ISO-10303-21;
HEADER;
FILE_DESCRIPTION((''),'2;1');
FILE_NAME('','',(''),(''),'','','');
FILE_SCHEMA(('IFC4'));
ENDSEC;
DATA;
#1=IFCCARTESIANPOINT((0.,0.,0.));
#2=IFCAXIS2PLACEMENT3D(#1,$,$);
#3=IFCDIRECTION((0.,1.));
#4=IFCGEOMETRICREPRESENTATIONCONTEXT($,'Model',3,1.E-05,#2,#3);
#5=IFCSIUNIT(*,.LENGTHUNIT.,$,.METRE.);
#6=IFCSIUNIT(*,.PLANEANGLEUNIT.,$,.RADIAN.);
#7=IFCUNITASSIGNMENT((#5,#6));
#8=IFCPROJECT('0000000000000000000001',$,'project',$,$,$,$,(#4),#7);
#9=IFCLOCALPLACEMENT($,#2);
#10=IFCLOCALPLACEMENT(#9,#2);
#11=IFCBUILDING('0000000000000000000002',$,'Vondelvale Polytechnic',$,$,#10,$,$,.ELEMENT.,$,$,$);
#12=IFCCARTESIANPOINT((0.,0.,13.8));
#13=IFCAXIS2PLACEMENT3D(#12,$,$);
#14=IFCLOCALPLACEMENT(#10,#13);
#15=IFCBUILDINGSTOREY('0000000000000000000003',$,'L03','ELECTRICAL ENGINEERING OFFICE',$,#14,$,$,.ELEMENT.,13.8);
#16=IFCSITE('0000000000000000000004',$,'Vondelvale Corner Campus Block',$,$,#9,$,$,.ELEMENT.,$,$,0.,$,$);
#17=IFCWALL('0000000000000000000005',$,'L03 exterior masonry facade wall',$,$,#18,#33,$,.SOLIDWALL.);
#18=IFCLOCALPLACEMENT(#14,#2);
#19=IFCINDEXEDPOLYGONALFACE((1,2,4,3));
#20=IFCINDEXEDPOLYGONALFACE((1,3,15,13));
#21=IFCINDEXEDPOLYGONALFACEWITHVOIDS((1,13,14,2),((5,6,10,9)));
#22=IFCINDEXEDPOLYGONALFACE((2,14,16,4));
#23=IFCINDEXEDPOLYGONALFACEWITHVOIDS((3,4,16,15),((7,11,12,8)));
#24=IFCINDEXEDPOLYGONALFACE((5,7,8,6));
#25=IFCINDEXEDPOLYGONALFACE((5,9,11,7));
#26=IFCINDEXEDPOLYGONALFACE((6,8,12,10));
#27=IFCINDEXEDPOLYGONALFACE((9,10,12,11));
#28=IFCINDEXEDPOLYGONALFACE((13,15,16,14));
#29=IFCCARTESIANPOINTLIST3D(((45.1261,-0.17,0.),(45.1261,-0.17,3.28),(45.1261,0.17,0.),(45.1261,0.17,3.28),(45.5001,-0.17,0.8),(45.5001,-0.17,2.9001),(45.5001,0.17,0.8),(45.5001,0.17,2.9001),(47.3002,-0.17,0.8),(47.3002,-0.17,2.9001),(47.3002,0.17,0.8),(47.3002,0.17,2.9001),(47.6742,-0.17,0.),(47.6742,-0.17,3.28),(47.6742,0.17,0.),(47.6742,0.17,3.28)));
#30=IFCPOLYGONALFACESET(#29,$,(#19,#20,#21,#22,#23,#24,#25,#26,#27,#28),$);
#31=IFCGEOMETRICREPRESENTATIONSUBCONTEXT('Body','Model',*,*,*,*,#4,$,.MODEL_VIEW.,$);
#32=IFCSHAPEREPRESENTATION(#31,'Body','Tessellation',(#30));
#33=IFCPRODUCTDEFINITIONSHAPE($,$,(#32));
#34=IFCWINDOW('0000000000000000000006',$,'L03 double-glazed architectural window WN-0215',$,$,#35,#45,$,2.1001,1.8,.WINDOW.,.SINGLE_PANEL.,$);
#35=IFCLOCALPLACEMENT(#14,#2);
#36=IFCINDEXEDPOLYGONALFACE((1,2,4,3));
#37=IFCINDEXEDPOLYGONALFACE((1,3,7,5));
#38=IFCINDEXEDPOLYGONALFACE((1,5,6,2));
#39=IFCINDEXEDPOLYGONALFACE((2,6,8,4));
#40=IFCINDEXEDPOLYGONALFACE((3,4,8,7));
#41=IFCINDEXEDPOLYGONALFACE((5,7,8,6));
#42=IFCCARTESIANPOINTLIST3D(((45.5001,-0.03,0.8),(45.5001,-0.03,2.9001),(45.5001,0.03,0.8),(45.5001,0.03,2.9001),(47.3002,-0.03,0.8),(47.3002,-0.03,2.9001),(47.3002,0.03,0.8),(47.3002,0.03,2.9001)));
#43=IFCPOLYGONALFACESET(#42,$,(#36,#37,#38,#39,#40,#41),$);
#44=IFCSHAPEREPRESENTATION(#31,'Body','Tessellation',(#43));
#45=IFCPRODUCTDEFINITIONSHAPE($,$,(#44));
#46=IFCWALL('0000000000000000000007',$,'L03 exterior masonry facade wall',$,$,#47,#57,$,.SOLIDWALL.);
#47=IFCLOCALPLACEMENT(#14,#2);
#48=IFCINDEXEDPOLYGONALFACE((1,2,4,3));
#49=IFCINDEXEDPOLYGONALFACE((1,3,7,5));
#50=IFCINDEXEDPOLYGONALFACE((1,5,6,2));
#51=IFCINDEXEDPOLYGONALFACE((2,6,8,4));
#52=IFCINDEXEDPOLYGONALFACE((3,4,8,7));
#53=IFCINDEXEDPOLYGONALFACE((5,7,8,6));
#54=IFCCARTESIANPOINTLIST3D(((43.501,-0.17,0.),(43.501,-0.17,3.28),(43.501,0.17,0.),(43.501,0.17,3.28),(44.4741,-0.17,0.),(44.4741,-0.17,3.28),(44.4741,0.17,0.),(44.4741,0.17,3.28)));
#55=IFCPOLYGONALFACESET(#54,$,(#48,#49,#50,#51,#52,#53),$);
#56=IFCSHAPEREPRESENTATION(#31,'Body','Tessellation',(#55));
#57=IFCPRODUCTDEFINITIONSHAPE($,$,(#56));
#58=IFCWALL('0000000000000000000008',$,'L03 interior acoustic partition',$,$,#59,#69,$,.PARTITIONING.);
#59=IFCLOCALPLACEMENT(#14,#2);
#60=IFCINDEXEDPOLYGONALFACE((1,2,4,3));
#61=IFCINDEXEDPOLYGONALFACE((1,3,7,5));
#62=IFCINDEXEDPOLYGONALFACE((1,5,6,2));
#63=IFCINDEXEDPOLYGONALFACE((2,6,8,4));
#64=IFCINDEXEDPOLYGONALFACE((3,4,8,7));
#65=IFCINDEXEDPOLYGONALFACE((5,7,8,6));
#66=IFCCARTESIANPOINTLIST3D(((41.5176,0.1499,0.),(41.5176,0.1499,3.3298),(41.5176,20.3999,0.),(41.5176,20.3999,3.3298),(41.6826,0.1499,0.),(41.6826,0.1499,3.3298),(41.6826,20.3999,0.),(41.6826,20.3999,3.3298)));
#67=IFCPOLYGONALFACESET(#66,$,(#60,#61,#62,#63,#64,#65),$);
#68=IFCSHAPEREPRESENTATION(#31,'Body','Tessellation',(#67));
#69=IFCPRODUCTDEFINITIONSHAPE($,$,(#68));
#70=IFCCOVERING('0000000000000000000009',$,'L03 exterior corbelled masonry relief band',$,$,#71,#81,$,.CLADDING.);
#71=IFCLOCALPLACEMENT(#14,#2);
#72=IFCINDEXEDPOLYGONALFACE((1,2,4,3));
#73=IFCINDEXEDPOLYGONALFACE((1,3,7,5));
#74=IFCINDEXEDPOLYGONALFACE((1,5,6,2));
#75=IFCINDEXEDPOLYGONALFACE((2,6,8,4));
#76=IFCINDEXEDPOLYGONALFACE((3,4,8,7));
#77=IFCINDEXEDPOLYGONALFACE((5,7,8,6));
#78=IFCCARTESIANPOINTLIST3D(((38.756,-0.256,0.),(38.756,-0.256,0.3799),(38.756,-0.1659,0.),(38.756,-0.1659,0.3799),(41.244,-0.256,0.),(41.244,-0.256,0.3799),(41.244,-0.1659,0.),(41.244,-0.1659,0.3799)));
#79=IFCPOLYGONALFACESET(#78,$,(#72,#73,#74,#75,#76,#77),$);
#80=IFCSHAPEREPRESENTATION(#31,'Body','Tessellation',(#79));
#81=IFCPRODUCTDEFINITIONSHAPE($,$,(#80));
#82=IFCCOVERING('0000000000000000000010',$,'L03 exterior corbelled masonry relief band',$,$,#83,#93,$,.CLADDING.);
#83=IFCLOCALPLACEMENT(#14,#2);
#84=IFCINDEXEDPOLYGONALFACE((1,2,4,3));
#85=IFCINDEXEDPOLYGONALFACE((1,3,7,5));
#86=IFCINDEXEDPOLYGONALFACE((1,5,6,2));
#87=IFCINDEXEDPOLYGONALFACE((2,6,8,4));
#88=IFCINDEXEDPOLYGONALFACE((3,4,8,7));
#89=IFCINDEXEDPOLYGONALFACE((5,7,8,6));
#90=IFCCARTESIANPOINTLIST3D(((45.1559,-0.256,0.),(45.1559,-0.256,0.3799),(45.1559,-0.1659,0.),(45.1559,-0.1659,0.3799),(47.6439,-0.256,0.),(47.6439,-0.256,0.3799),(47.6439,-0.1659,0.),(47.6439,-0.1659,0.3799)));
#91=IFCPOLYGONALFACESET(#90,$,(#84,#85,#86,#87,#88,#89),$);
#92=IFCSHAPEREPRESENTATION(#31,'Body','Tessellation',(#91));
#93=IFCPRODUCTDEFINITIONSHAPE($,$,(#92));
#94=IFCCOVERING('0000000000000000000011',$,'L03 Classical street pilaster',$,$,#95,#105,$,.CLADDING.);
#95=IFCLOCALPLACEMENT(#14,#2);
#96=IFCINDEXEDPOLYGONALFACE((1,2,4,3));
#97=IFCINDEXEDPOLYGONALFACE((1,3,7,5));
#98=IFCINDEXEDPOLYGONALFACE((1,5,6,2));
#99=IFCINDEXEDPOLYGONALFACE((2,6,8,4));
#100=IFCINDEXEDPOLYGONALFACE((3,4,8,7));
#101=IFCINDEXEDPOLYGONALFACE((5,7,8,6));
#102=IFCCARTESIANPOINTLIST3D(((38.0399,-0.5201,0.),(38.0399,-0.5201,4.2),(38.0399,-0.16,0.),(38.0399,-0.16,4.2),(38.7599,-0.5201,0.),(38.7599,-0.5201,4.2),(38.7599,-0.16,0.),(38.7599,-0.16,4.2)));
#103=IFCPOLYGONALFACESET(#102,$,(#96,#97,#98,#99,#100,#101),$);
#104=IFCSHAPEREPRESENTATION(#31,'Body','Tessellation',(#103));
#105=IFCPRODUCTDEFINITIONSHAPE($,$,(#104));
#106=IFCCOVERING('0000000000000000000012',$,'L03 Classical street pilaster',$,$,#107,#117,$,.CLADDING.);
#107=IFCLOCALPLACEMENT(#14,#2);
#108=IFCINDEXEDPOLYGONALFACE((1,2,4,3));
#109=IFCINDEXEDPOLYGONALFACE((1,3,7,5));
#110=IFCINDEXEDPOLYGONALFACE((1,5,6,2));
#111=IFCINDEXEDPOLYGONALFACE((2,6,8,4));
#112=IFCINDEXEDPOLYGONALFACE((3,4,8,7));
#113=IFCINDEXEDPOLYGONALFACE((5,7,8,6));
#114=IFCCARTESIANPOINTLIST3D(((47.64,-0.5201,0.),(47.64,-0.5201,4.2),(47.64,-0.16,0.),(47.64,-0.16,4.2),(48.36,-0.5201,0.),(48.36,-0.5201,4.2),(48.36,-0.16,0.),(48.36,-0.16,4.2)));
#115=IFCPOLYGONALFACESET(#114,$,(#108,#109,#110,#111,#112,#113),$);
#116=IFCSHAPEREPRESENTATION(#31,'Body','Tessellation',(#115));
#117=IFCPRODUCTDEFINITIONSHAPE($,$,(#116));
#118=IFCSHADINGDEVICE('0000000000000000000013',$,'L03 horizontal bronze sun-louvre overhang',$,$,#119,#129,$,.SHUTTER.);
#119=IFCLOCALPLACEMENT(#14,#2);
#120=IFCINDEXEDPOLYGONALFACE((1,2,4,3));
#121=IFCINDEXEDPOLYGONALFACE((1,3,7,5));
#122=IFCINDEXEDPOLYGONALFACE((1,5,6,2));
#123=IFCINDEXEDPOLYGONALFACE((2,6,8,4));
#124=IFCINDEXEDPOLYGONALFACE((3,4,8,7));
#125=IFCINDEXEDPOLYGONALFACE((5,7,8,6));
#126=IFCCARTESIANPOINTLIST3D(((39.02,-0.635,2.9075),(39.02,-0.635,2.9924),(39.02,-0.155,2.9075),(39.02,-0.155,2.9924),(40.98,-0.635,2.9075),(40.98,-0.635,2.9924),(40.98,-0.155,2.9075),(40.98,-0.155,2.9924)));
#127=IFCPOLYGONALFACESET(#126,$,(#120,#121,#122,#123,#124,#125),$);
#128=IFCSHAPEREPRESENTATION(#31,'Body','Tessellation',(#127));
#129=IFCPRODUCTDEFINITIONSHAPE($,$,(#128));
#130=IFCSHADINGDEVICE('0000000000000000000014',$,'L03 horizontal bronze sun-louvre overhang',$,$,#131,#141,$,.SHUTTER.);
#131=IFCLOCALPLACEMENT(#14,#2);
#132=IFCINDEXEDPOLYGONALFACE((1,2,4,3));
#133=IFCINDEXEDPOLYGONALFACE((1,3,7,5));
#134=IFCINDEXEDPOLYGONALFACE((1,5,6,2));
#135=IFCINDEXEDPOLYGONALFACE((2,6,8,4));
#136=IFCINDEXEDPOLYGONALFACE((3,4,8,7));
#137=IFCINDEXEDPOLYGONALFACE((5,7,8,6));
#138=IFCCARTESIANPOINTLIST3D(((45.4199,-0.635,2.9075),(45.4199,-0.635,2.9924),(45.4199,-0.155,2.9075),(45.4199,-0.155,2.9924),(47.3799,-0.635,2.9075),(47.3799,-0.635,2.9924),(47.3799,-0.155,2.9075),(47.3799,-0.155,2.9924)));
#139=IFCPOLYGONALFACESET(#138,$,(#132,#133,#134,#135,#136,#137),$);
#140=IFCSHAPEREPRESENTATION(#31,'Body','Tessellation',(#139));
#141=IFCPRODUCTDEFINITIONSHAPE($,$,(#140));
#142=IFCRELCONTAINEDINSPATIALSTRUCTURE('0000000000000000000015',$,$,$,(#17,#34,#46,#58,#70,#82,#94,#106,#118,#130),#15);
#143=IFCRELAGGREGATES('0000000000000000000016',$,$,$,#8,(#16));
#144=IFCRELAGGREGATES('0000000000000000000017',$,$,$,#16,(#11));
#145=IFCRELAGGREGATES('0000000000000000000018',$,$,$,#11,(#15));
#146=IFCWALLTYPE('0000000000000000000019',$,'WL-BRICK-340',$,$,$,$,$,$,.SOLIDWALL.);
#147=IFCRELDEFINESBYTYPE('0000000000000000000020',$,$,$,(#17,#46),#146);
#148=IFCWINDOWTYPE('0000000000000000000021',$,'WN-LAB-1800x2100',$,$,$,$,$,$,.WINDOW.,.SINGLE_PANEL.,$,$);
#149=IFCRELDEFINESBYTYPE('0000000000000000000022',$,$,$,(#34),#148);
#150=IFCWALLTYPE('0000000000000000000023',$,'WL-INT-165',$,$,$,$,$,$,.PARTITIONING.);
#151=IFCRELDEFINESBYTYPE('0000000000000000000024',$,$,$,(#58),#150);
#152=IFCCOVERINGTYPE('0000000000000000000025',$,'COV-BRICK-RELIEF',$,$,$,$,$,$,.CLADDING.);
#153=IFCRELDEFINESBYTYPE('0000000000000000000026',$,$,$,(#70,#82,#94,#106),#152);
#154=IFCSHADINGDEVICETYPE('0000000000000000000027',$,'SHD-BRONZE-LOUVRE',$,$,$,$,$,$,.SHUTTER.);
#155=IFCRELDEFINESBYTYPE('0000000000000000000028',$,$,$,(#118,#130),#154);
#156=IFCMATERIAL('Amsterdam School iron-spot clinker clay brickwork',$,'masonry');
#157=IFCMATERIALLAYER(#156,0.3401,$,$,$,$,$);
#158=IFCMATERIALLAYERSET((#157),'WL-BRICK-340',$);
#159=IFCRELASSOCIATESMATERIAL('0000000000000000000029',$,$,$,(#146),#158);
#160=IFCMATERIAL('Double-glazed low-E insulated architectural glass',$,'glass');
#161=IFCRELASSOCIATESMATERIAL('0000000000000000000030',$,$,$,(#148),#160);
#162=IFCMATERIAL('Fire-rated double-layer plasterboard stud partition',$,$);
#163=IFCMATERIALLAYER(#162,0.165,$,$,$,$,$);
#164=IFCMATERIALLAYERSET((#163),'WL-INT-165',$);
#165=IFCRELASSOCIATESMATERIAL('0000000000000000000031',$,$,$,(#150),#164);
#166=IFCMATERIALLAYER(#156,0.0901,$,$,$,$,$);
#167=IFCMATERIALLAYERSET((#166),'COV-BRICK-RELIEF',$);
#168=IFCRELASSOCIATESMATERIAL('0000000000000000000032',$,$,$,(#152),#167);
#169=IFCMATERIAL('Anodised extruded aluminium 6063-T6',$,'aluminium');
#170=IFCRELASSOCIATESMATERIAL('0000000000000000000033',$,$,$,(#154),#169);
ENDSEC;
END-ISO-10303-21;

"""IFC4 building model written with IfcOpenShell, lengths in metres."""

from ifc_helpers import new_model, si_unit, direction, frame, frame_2d, origin, origin_2d, place, context, subcontext, project, spatial, rectangle, extrude, material, layer, layer_set, type_object, element, fill, save


model = new_model("IFC4")

# Units and contexts
model_context = context("Model", 3, precision=1e-05, world=origin(), true_north=direction((0.0, 1.0)))
body_context = subcontext(model_context, "Body", "Model", "MODEL_VIEW")
ifc_project = project(units=[si_unit("LENGTHUNIT", "METRE"), si_unit("PLANEANGLEUNIT", "RADIAN")], contexts=[model_context])

# Site, building, storey
site_placement = place(None, origin())
site = spatial("IfcSite", under=ifc_project, at=site_placement, Name="Vondelvale Corner Campus Block", CompositionType="ELEMENT", RefElevation=0.0)
building_placement = place(site_placement, origin())
building = spatial("IfcBuilding", under=site, at=building_placement, Name="Vondelvale Polytechnic", CompositionType="ELEMENT")
storey_placement = place(building_placement, frame((0.0, 0.0, 13.8)))
storey = spatial("IfcBuildingStorey", under=building, at=storey_placement, Name="L03", Description="ELECTRICAL ENGINEERING OFFICE", CompositionType="ELEMENT", Elevation=13.8)

# Shared definitions
ifc_material_1 = material(Name="Amsterdam School iron-spot clinker clay brickwork", Category="masonry")
ifc_layer_1 = layer(ifc_material_1, 0.3401)
ifc_layer_set_1 = layer_set([ifc_layer_1], Name="WL-BRICK-340")
wall_type_1 = type_object("IfcWallType", Name="WL-BRICK-340", PredefinedType="SOLIDWALL", material=ifc_layer_set_1)
ifc_material_2 = material(Name="Double-glazed low-E insulated architectural glass", Category="glass")
window_type = type_object("IfcWindowType", Name="WN-LAB-1800x2100", PartitioningType="SINGLE_PANEL", PredefinedType="WINDOW", material=ifc_material_2)

# Wall, opening, window
wall_1_placement = place(storey_placement, frame((47.6741, 0.0, 0.0), z_axis=(0.0, 0.0, 1.0), x_axis=(-1.0, 0.0, 0.0)))
wall_1 = element("IfcWall", 1, at=wall_1_placement, inside=storey, type_object=wall_type_1, Name="L03 exterior masonry facade wall", PredefinedType="SOLIDWALL", context=body_context, shape_type="SweptSolid", body=[
    extrude(rectangle(XDim=2.5481, YDim=0.3401, at=frame_2d((1.2739, 0.0))), origin(), (0.0, 0.0, 1.0), 3.28),
])
opening_1_placement = place(wall_1_placement, frame((0.374, 0.0, 0.8)))
opening_1 = element("IfcOpeningElement", 2, at=opening_1_placement, cuts=wall_1, PredefinedType="OPENING", context=body_context, shape_type="SweptSolid", body=[
    extrude(rectangle(XDim=1.8, YDim=2.1001, at=frame_2d((0.8999, 1.05))), frame((0.0, 0.1799, 0.0), z_axis=(0.0, -1.0, 0.0), x_axis=(1.0, 0.0, 0.0)), (0.0, 0.0, 1.0), 0.3601),
])
window_1_placement = place(opening_1_placement, origin())
window_1 = element("IfcWindow", 3, at=window_1_placement, inside=storey, type_object=window_type, Name="L03 double-glazed architectural window WN-0215", OverallHeight=2.1001, OverallWidth=1.8, PartitioningType="SINGLE_PANEL", PredefinedType="WINDOW", context=body_context, shape_type="SweptSolid", body=[
    extrude(rectangle(XDim=1.8, YDim=2.1001, at=frame_2d((0.8999, 1.05))), frame((0.0, 0.03, 0.0), z_axis=(0.0, -1.0, 0.0), x_axis=(1.0, 0.0, 0.0)), (0.0, 0.0, 1.0), 0.0601),
])
fill(opening_1, window_1)

# Walls
wall_2_placement = place(storey_placement, frame((44.4741, 0.0, 0.0), z_axis=(0.0, 0.0, 1.0), x_axis=(-1.0, 0.0, 0.0)))
element("IfcWall", 4, at=wall_2_placement, inside=storey, type_object=wall_type_1, Name="L03 exterior masonry facade wall", PredefinedType="SOLIDWALL", context=body_context, shape_type="SweptSolid", body=[
    extrude(rectangle(XDim=0.9731, YDim=0.3401, at=frame_2d((0.4866, 0.0))), origin(), (0.0, 0.0, 1.0), 3.28),
])
ifc_material_3 = material(Name="Fire-rated double-layer plasterboard stud partition")
ifc_layer_2 = layer(ifc_material_3, 0.165)
ifc_layer_set_2 = layer_set([ifc_layer_2], Name="WL-INT-165")
wall_type_2 = type_object("IfcWallType", Name="WL-INT-165", PredefinedType="PARTITIONING", material=ifc_layer_set_2)
wall_3_placement = place(storey_placement, frame((41.6001, 0.1499, 0.0), z_axis=(0.0, 0.0, 1.0), x_axis=(0.0, 1.0, 0.0)))
element("IfcWall", 5, at=wall_3_placement, inside=storey, type_object=wall_type_2, Name="L03 interior acoustic partition", PredefinedType="PARTITIONING", context=body_context, shape_type="SweptSolid", body=[
    extrude(rectangle(XDim=20.25, YDim=0.165, at=frame_2d((10.125, 0.0))), origin(), (0.0, 0.0, 1.0), 3.3298),
])

# Coverings
ifc_layer_3 = layer(ifc_material_1, 0.0901)
ifc_layer_set_3 = layer_set([ifc_layer_3], Name="COV-BRICK-RELIEF")
covering_type = type_object("IfcCoveringType", Name="COV-BRICK-RELIEF", PredefinedType="CLADDING", material=ifc_layer_set_3)
for number, where, z_axis, x_axis, name in (
    (6, (40.0, -0.2109, 0.0), (0.0, 0.0, 1.0), (-1.0, 0.0, 0.0), "L03 exterior corbelled masonry relief band"),
    (7, (46.3999, -0.2109, 0.0), (0.0, 0.0, 1.0), (-1.0, 0.0, 0.0), "L03 exterior corbelled masonry relief band"),
):
    element("IfcCovering", number, at=place(storey_placement, frame(where, z_axis=z_axis, x_axis=x_axis)), inside=storey, type_object=covering_type, Name=name, PredefinedType="CLADDING", context=body_context, shape_type="SweptSolid", body=[
        extrude(rectangle(XDim=2.488, YDim=0.0901, at=origin_2d()), origin(), (0.0, 0.0, 1.0), 0.3799),
    ])
for number, where, z_axis, x_axis, name in (
    (8, (38.3999, -0.3401, 0.0), (0.0, 0.0, 1.0), (1.0, 0.0, 0.0), "L03 Classical street pilaster"),
    (9, (48.0, -0.3401, 0.0), (0.0, 0.0, 1.0), (1.0, 0.0, 0.0), "L03 Classical street pilaster"),
):
    element("IfcCovering", number, at=place(storey_placement, frame(where, z_axis=z_axis, x_axis=x_axis)), inside=storey, type_object=covering_type, Name=name, PredefinedType="CLADDING", context=body_context, shape_type="SweptSolid", body=[
        extrude(rectangle(XDim=0.72, YDim=0.3601, at=origin_2d()), origin(), (0.0, 0.0, 1.0), 4.2),
    ])

# Shading devices
ifc_material_4 = material(Name="Anodised extruded aluminium 6063-T6", Category="aluminium")
shading_device_type = type_object("IfcShadingDeviceType", Name="SHD-BRONZE-LOUVRE", PredefinedType="SHUTTER", material=ifc_material_4)
for number, where, z_axis, x_axis, name in (
    (10, (40.0, -0.395, 2.9075), (0.0, 0.0, 1.0), (-1.0, 0.0, 0.0), "L03 horizontal bronze sun-louvre overhang"),
    (11, (46.3999, -0.395, 2.9075), (0.0, 0.0, 1.0), (-1.0, 0.0, 0.0), "L03 horizontal bronze sun-louvre overhang"),
):
    element("IfcShadingDevice", number, at=place(storey_placement, frame(where, z_axis=z_axis, x_axis=x_axis)), inside=storey, type_object=shading_device_type, Name=name, PredefinedType="SHUTTER", context=body_context, shape_type="SweptSolid", body=[
        extrude(rectangle(XDim=1.96, YDim=0.48, at=origin_2d()), origin(), (0.0, 0.0, 1.0), 0.085),
    ])

save(model, "model.ifc")
